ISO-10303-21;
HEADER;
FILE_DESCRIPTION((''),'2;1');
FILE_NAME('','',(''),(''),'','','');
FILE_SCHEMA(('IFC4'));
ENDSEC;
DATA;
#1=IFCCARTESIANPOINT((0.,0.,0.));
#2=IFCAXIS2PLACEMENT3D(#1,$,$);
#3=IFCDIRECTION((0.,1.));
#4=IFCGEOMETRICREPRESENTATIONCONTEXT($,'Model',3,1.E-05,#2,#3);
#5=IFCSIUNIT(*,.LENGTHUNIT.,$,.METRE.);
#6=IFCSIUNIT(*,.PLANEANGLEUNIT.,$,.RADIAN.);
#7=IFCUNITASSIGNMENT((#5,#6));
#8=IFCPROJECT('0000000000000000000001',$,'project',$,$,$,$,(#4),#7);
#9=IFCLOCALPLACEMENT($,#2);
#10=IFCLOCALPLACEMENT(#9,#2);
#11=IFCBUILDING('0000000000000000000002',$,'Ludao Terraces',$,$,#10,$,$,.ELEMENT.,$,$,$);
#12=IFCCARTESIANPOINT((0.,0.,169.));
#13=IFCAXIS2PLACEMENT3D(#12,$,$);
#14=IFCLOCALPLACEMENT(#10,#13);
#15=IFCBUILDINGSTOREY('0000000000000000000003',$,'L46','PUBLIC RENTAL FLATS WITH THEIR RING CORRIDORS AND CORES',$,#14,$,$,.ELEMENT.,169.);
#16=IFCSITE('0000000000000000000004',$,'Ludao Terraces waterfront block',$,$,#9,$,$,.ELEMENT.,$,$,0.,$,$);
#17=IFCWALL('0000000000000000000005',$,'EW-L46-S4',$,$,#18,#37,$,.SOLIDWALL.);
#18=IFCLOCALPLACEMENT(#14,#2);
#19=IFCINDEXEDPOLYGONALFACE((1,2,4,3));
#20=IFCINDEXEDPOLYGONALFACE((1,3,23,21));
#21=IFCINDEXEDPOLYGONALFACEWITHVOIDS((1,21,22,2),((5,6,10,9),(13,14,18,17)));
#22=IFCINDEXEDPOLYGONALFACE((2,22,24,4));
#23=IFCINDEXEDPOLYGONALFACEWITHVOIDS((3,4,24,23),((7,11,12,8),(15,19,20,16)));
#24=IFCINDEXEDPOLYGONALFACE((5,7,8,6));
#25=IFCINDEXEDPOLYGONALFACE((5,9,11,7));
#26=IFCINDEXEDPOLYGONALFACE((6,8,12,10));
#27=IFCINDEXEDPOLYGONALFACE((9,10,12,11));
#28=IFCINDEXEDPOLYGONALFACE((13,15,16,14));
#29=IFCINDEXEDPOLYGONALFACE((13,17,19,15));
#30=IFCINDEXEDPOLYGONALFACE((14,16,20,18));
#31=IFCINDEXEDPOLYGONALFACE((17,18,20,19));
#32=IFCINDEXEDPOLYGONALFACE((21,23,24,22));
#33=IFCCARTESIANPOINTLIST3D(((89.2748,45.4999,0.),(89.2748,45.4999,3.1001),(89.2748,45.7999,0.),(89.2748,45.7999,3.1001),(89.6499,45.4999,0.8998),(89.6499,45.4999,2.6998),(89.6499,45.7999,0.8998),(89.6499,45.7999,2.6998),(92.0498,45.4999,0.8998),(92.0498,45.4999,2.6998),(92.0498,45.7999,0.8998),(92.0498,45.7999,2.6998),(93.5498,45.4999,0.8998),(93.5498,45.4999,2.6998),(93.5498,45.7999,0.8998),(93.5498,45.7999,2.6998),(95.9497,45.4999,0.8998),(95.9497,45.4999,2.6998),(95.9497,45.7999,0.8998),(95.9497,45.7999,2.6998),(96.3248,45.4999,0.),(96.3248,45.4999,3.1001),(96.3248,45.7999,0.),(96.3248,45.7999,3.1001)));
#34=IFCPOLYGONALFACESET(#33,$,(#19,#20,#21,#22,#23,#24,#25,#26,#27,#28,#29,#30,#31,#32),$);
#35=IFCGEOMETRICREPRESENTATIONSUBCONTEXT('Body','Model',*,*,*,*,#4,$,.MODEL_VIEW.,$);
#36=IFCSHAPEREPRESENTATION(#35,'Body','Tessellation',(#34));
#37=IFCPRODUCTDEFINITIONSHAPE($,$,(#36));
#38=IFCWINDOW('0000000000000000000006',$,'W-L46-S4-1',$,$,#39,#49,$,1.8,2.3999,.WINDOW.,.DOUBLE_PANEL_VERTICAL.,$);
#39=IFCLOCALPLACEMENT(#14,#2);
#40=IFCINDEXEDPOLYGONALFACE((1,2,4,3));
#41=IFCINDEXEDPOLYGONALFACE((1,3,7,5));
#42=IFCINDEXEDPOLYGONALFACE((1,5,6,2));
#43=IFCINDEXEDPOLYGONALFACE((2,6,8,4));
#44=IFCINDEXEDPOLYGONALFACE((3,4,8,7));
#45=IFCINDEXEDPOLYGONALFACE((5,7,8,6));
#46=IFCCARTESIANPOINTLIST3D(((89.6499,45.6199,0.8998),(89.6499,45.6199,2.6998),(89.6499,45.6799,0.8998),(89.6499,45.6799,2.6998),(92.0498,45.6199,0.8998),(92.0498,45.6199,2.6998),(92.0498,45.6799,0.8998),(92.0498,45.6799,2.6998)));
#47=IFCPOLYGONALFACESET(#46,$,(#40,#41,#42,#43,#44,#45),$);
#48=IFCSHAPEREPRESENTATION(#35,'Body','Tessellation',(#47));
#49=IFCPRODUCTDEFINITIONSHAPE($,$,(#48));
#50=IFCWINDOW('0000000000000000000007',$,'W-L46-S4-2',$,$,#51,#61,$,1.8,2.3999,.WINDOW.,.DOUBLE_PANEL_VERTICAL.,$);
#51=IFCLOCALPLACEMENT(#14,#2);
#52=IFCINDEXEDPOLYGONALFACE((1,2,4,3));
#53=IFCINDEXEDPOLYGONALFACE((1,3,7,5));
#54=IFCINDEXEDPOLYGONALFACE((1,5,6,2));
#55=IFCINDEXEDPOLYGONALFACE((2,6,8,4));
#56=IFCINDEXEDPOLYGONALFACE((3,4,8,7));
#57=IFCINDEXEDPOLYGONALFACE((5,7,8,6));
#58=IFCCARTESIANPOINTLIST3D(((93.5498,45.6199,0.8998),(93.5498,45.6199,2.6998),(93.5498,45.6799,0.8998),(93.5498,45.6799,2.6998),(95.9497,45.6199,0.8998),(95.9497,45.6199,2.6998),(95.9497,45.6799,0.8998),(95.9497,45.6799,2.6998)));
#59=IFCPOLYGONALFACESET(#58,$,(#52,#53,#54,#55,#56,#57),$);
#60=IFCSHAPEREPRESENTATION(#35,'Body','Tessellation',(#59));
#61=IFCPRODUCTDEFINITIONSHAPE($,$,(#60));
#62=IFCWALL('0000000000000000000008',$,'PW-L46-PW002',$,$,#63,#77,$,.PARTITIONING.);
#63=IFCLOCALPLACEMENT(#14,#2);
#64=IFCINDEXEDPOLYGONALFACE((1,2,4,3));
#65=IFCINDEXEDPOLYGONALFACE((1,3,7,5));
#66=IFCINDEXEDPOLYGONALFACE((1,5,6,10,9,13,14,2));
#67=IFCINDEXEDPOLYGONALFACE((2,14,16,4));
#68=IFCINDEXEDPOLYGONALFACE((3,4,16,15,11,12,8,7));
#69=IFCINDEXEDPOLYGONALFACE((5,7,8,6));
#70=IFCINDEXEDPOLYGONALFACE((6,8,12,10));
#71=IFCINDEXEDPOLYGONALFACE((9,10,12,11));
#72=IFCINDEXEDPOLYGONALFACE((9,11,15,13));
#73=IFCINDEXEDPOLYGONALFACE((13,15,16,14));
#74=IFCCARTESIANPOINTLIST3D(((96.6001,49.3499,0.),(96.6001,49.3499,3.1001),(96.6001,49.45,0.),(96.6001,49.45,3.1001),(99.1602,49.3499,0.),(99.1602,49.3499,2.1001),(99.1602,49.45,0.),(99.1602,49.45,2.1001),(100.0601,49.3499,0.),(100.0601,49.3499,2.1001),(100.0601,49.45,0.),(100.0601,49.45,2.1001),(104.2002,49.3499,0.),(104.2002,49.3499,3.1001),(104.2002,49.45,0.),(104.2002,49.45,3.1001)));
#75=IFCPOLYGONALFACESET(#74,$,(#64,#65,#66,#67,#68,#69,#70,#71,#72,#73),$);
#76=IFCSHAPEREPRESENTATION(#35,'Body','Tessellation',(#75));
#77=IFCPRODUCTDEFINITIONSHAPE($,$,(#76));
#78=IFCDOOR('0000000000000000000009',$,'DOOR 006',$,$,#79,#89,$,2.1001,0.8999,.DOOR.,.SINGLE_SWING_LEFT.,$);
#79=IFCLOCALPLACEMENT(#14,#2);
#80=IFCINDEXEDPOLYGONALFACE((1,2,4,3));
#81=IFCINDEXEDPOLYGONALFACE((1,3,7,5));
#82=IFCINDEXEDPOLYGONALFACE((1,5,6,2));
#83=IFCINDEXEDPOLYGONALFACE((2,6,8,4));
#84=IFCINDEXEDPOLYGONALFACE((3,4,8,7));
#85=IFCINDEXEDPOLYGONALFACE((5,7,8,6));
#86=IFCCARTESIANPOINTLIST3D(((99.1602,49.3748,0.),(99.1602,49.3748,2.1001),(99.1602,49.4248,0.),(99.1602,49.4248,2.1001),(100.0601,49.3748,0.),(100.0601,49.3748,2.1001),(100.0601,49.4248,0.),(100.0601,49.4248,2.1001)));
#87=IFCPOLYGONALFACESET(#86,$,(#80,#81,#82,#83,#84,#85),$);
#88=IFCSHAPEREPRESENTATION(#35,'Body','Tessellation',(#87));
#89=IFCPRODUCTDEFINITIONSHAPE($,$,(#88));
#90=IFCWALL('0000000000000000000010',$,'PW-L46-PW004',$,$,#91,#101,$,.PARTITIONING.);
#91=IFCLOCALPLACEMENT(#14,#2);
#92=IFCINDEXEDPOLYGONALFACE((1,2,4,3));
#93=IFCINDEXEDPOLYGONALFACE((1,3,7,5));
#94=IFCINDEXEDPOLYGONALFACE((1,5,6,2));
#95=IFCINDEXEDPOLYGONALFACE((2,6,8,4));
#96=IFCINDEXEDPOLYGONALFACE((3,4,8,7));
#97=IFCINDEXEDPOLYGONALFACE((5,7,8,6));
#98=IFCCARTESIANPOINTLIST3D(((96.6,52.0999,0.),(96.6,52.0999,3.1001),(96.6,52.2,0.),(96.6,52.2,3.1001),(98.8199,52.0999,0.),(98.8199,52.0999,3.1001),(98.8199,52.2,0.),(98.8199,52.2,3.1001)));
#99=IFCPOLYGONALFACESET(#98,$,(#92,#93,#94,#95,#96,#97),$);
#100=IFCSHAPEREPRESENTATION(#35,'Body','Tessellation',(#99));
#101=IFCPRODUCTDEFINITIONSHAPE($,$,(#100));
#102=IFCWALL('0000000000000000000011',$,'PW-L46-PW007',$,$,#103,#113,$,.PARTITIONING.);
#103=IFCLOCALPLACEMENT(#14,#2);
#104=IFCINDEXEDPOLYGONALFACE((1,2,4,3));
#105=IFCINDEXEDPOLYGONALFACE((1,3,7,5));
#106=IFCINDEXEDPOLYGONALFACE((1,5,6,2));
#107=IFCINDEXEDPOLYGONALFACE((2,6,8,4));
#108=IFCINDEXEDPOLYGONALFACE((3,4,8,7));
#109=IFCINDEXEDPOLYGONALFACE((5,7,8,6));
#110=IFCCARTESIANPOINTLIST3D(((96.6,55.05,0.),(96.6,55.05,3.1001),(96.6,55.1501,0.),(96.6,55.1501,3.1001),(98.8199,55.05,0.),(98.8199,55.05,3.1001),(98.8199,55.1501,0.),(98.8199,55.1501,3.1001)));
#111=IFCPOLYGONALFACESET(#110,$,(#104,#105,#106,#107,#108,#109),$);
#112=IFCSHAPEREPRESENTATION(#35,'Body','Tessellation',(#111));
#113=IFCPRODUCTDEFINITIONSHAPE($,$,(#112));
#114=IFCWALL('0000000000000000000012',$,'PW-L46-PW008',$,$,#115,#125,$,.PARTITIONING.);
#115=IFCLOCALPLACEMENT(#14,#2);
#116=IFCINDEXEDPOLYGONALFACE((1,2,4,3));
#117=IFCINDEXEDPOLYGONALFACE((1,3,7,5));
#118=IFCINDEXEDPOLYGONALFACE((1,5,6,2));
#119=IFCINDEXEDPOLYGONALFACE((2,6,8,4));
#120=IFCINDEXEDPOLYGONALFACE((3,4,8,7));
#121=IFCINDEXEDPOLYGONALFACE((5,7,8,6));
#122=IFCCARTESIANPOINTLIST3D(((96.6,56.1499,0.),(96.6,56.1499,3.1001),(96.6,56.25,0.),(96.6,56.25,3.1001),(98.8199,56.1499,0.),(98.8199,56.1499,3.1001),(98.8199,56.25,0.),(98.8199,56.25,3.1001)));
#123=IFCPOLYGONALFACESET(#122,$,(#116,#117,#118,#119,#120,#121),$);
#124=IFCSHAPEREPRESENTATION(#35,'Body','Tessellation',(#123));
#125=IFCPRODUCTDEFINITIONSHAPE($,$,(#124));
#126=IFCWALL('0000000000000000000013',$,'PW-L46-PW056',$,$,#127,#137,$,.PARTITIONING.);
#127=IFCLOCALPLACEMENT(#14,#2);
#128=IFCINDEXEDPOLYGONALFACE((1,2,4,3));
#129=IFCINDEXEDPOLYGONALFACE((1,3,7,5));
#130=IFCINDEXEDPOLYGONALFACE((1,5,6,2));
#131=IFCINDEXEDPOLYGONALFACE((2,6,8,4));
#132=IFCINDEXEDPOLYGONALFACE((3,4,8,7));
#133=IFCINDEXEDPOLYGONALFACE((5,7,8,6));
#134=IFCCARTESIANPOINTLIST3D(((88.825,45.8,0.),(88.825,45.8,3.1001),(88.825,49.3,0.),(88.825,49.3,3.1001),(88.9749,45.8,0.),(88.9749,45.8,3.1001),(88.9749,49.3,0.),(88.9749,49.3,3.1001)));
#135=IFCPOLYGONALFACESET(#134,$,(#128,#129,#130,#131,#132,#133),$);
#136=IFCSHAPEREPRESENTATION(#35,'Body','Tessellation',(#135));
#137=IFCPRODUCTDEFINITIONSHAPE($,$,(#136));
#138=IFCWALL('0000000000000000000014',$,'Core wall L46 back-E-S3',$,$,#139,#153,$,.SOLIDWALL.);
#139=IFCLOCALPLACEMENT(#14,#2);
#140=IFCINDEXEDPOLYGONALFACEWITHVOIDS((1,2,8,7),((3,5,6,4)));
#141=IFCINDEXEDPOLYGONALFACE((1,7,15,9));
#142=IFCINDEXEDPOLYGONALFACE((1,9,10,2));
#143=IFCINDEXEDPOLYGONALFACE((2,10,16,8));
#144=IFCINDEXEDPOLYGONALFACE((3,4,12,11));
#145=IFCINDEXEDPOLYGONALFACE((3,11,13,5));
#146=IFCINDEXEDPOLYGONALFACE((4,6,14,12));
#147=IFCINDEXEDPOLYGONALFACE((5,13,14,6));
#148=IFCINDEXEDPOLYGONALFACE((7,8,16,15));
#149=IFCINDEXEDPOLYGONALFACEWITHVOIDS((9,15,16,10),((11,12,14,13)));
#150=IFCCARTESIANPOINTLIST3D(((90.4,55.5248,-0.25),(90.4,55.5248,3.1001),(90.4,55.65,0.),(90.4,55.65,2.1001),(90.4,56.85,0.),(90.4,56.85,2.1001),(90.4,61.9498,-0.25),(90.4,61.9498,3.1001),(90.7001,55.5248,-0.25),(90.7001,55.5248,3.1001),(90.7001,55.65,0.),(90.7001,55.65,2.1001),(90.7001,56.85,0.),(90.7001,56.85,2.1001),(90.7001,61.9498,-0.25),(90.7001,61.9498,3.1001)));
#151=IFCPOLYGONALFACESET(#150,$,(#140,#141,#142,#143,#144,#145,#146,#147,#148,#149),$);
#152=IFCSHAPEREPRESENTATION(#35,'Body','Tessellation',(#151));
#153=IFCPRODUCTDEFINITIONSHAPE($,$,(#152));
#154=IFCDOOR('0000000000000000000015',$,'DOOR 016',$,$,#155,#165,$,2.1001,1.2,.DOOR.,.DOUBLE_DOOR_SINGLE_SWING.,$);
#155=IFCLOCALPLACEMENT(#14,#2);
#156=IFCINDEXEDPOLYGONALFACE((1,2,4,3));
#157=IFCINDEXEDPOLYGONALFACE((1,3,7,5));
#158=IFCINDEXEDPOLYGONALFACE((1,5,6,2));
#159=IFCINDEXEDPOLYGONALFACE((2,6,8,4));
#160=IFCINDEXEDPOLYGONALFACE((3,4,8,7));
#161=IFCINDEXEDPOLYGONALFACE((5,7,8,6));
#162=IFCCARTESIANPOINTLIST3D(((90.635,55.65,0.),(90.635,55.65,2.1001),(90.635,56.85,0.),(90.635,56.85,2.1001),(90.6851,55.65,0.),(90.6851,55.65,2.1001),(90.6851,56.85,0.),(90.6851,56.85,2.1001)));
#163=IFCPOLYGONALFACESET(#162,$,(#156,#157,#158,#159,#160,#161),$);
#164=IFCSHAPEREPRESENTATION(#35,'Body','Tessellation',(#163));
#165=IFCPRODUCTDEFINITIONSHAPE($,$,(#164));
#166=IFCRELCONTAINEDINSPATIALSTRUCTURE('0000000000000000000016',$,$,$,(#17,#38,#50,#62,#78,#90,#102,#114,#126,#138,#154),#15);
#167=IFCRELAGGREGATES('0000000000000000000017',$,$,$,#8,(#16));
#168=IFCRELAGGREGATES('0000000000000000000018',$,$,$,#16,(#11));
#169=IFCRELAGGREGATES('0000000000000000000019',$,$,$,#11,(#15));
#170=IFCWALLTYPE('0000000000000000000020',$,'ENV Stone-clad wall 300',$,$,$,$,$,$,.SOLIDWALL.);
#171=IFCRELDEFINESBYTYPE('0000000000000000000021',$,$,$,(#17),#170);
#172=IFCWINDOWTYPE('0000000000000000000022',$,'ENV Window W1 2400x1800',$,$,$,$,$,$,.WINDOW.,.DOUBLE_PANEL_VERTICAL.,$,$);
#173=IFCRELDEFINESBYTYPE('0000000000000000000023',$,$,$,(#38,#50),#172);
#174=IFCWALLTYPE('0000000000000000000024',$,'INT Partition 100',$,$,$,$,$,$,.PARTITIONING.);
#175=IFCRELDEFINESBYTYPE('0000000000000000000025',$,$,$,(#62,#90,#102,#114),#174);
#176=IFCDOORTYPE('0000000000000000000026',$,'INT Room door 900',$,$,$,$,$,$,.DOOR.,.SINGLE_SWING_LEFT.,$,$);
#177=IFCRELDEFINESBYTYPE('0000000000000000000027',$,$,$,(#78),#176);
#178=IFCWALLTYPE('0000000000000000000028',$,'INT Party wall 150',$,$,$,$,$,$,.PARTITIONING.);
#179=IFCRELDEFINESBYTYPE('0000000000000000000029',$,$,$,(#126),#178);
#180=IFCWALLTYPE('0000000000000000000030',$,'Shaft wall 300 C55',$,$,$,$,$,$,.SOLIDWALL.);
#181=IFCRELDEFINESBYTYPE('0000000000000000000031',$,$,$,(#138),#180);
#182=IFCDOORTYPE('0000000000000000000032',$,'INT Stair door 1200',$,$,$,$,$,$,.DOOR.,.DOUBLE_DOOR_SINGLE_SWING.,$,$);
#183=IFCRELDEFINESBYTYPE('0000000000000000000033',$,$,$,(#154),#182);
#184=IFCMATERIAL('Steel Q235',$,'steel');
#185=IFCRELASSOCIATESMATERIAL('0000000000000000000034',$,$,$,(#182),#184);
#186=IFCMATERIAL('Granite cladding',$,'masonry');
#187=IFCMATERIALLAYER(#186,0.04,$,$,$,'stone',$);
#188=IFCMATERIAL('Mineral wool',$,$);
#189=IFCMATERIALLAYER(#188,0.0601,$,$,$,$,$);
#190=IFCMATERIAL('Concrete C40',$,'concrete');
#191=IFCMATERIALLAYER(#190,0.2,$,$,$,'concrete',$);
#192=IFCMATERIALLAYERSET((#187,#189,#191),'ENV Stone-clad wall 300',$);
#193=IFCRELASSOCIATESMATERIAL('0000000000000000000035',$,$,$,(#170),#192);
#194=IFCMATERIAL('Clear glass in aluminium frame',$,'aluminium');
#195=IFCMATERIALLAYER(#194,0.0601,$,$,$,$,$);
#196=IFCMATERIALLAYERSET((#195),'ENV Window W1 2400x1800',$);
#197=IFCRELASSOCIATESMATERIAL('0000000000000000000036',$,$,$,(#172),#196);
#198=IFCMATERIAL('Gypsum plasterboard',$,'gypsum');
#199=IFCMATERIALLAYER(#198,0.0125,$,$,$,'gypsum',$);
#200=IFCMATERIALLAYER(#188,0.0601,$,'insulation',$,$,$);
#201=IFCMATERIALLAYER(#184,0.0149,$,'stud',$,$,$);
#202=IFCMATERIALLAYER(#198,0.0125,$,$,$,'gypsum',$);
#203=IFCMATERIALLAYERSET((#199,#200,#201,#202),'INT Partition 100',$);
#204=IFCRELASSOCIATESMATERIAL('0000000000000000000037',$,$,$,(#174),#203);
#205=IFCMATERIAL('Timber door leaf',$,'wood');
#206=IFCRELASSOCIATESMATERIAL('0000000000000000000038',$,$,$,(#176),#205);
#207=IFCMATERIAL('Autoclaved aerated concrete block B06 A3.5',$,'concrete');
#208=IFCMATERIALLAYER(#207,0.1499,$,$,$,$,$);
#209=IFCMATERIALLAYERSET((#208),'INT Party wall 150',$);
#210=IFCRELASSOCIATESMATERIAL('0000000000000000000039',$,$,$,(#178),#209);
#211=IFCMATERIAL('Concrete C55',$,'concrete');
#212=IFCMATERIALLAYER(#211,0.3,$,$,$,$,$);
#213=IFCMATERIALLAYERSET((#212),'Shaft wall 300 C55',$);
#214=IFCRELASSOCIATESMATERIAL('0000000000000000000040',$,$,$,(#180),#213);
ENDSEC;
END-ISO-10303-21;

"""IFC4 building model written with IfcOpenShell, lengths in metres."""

from ifc_helpers import new_model, si_unit, direction, frame, frame_2d, origin, place, context, subcontext, project, spatial, rectangle, extrude, material, layer, layer_set, type_object, element, fill, save


model = new_model("IFC4")

# Units and contexts
model_context = context("Model", 3, precision=1e-05, world=origin(), true_north=direction((0.0, 1.0)))
body_context = subcontext(model_context, "Body", "Model", "MODEL_VIEW")
ifc_project = project(units=[si_unit("LENGTHUNIT", "METRE"), si_unit("PLANEANGLEUNIT", "RADIAN")], contexts=[model_context])

# Site, building, storey
site_placement = place(None, origin())
site = spatial("IfcSite", under=ifc_project, at=site_placement, Name="Ludao Terraces waterfront block", CompositionType="ELEMENT", RefElevation=0.0)
building_placement = place(site_placement, origin())
building = spatial("IfcBuilding", under=site, at=building_placement, Name="Ludao Terraces", CompositionType="ELEMENT")
storey_placement = place(building_placement, frame((0.0, 0.0, 169.0)))
storey = spatial("IfcBuildingStorey", under=building, at=storey_placement, Name="L46", Description="PUBLIC RENTAL FLATS WITH THEIR RING CORRIDORS AND CORES", CompositionType="ELEMENT", Elevation=169.0)

# Shared definitions
ifc_material_1 = material(Name="Concrete C40", Category="concrete")

# Shared definitions
ifc_material_2 = material(Name="Steel Q235", Category="steel")
door_type_1 = type_object("IfcDoorType", Name="INT Stair door 1200", OperationType="DOUBLE_DOOR_SINGLE_SWING", PredefinedType="DOOR", material=ifc_material_2)

# Wall, openings, windows
ifc_material_3 = material(Name="Granite cladding", Category="masonry")
ifc_layer_1 = layer(ifc_material_3, 0.04, Category="stone")
ifc_material_4 = material(Name="Mineral wool")
ifc_layer_2 = layer(ifc_material_4, 0.0601)
ifc_layer_3 = layer(ifc_material_1, 0.2, Category="concrete")
ifc_layer_set_1 = layer_set([ifc_layer_1, ifc_layer_2, ifc_layer_3], Name="ENV Stone-clad wall 300")
wall_type_1 = type_object("IfcWallType", Name="ENV Stone-clad wall 300", PredefinedType="SOLIDWALL", material=ifc_layer_set_1)
wall_1_placement = place(storey_placement, frame((89.2749, 45.6499, 0.0), z_axis=(0.0, 0.0, 1.0), x_axis=(1.0, 0.0, 0.0)))
wall_1 = element("IfcWall", 1, at=wall_1_placement, inside=storey, type_object=wall_type_1, Name="EW-L46-S4", PredefinedType="SOLIDWALL", context=body_context, shape_type="SweptSolid", body=[
    extrude(rectangle(XDim=7.05, YDim=0.3, at=frame_2d((3.5249, 0.0))), origin(), (0.0, 0.0, 1.0), 3.1001),
])
opening_1_placement = place(wall_1_placement, frame((0.375, 0.0, 0.8999)))
opening_1 = element("IfcOpeningElement", 2, at=opening_1_placement, cuts=wall_1, PredefinedType="OPENING", context=body_context, shape_type="SweptSolid", body=[
    extrude(rectangle(XDim=2.3999, YDim=1.8, at=frame_2d((1.2, 0.8999))), frame((0.0, 0.1602, 0.0), z_axis=(0.0, -1.0, 0.0), x_axis=(1.0, 0.0, 0.0)), (0.0, 0.0, 1.0), 0.3201),
])
opening_2_placement = place(wall_1_placement, frame((4.2749, 0.0, 0.8999)))
opening_2 = element("IfcOpeningElement", 3, at=opening_2_placement, cuts=wall_1, PredefinedType="OPENING", context=body_context, shape_type="SweptSolid", body=[
    extrude(rectangle(XDim=2.3999, YDim=1.8, at=frame_2d((1.2, 0.8999))), frame((0.0, 0.1602, 0.0), z_axis=(0.0, -1.0, 0.0), x_axis=(1.0, 0.0, 0.0)), (0.0, 0.0, 1.0), 0.3201),
])
ifc_material_5 = material(Name="Clear glass in aluminium frame", Category="aluminium")
ifc_layer_4 = layer(ifc_material_5, 0.0601)
ifc_layer_set_2 = layer_set([ifc_layer_4], Name="ENV Window W1 2400x1800")
window_type = type_object("IfcWindowType", Name="ENV Window W1 2400x1800", PartitioningType="DOUBLE_PANEL_VERTICAL", PredefinedType="WINDOW", material=ifc_layer_set_2)
window_1_placement = place(opening_1_placement, origin())
window_1 = element("IfcWindow", 4, at=window_1_placement, inside=storey, type_object=window_type, Name="W-L46-S4-1", OverallHeight=1.8, OverallWidth=2.3999, PartitioningType="DOUBLE_PANEL_VERTICAL", PredefinedType="WINDOW", context=body_context, shape_type="SweptSolid", body=[
    extrude(rectangle(XDim=2.3999, YDim=1.8, at=frame_2d((1.2, 0.8999))), frame((0.0, 0.03, 0.0), z_axis=(0.0, -1.0, 0.0), x_axis=(1.0, 0.0, 0.0)), (0.0, 0.0, 1.0), 0.0601),
])
fill(opening_1, window_1)
window_2_placement = place(opening_2_placement, origin())
window_2 = element("IfcWindow", 5, at=window_2_placement, inside=storey, type_object=window_type, Name="W-L46-S4-2", OverallHeight=1.8, OverallWidth=2.3999, PartitioningType="DOUBLE_PANEL_VERTICAL", PredefinedType="WINDOW", context=body_context, shape_type="SweptSolid", body=[
    extrude(rectangle(XDim=2.3999, YDim=1.8, at=frame_2d((1.2, 0.8999))), frame((0.0, 0.03, 0.0), z_axis=(0.0, -1.0, 0.0), x_axis=(1.0, 0.0, 0.0)), (0.0, 0.0, 1.0), 0.0601),
])
fill(opening_2, window_2)

# Wall, opening, door
ifc_material_6 = material(Name="Gypsum plasterboard", Category="gypsum")
ifc_layer_5 = layer(ifc_material_6, 0.0125, Category="gypsum")
ifc_layer_6 = layer(ifc_material_4, 0.0601, Name="insulation")
ifc_layer_7 = layer(ifc_material_2, 0.0149, Name="stud")
ifc_layer_8 = layer(ifc_material_6, 0.0125, Category="gypsum")
ifc_layer_set_3 = layer_set([ifc_layer_5, ifc_layer_6, ifc_layer_7, ifc_layer_8], Name="INT Partition 100")
wall_type_2 = type_object("IfcWallType", Name="INT Partition 100", PredefinedType="PARTITIONING", material=ifc_layer_set_3)
wall_2_placement = place(storey_placement, frame((96.6001, 49.3999, 0.0), z_axis=(0.0, 0.0, 1.0), x_axis=(1.0, 0.0, 0.0)))
wall_2 = element("IfcWall", 6, at=wall_2_placement, inside=storey, type_object=wall_type_2, Name="PW-L46-PW002", PredefinedType="PARTITIONING", context=body_context, shape_type="SweptSolid", body=[
    extrude(rectangle(XDim=7.6001, YDim=0.1001, at=frame_2d((3.8, 0.0))), origin(), (0.0, 0.0, 1.0), 3.1001),
])
opening_3_placement = place(wall_2_placement, frame((2.5601, 0.0, 0.0)))
opening_3 = element("IfcOpeningElement", 7, at=opening_3_placement, cuts=wall_2, PredefinedType="OPENING", context=body_context, shape_type="SweptSolid", body=[
    extrude(rectangle(XDim=0.8999, YDim=2.1001, at=frame_2d((0.45, 1.05))), frame((0.0, 0.0601, 0.0), z_axis=(0.0, -1.0, 0.0), x_axis=(1.0, 0.0, 0.0)), (0.0, 0.0, 1.0), 0.1201),
])
ifc_material_7 = material(Name="Timber door leaf", Category="wood")
door_type_2 = type_object("IfcDoorType", Name="INT Room door 900", OperationType="SINGLE_SWING_LEFT", PredefinedType="DOOR", material=ifc_material_7)
door_1_placement = place(opening_3_placement, origin())
door_1 = element("IfcDoor", 8, at=door_1_placement, inside=storey, type_object=door_type_2, Name="DOOR 006", OperationType="SINGLE_SWING_LEFT", OverallHeight=2.1001, OverallWidth=0.8999, PredefinedType="DOOR", context=body_context, shape_type="SweptSolid", body=[
    extrude(rectangle(XDim=0.8999, YDim=2.1001, at=frame_2d((0.45, 1.05))), frame((0.0, 0.0249, 0.0), z_axis=(0.0, -1.0, 0.0), x_axis=(1.0, 0.0, 0.0)), (0.0, 0.0, 1.0), 0.05),
])
fill(opening_3, door_1)

# Walls
for number, where, z_axis, x_axis, name in (
    (9, (96.6001, 52.1499, 0.0), (0.0, 0.0, 1.0), (1.0, 0.0, 0.0), "PW-L46-PW004"),
    (10, (96.6001, 55.1001, 0.0), (0.0, 0.0, 1.0), (1.0, 0.0, 0.0), "PW-L46-PW007"),
    (11, (96.6001, 56.2, 0.0), (0.0, 0.0, 1.0), (1.0, 0.0, 0.0), "PW-L46-PW008"),
):
    element("IfcWall", number, at=place(storey_placement, frame(where, z_axis=z_axis, x_axis=x_axis)), inside=storey, type_object=wall_type_2, Name=name, PredefinedType="PARTITIONING", context=body_context, shape_type="SweptSolid", body=[
        extrude(rectangle(XDim=2.22, YDim=0.1001, at=frame_2d((1.1099, 0.0))), origin(), (0.0, 0.0, 1.0), 3.1001),
    ])
ifc_material_8 = material(Name="Autoclaved aerated concrete block B06 A3.5", Category="concrete")
ifc_layer_9 = layer(ifc_material_8, 0.1499)
ifc_layer_set_4 = layer_set([ifc_layer_9], Name="INT Party wall 150")
wall_type_3 = type_object("IfcWallType", Name="INT Party wall 150", PredefinedType="PARTITIONING", material=ifc_layer_set_4)
wall_3_placement = place(storey_placement, frame((88.8999, 45.8, 0.0), z_axis=(0.0, 0.0, 1.0), x_axis=(0.0, 1.0, 0.0)))
element("IfcWall", 12, at=wall_3_placement, inside=storey, type_object=wall_type_3, Name="PW-L46-PW056", PredefinedType="PARTITIONING", context=body_context, shape_type="SweptSolid", body=[
    extrude(rectangle(XDim=3.5, YDim=0.1499, at=frame_2d((1.75, 0.0))), origin(), (0.0, 0.0, 1.0), 3.1001),
])

# Wall, opening, door
ifc_material_9 = material(Name="Concrete C55", Category="concrete")
ifc_layer_10 = layer(ifc_material_9, 0.3)
ifc_layer_set_5 = layer_set([ifc_layer_10], Name="Shaft wall 300 C55")
wall_type_4 = type_object("IfcWallType", Name="Shaft wall 300 C55", PredefinedType="SOLIDWALL", material=ifc_layer_set_5)
wall_4_placement = place(storey_placement, frame((90.55, 55.5249, -0.25), z_axis=(0.0, 0.0, 1.0), x_axis=(0.0, 1.0, 0.0)))
wall_4 = element("IfcWall", 13, at=wall_4_placement, inside=storey, type_object=wall_type_4, Name="Core wall L46 back-E-S3", PredefinedType="SOLIDWALL", context=body_context, shape_type="SweptSolid", body=[
    extrude(rectangle(XDim=6.425, YDim=0.3, at=frame_2d((3.2124, 0.0))), origin(), (0.0, 0.0, 1.0), 3.3501),
])
opening_4_placement = place(wall_4_placement, frame((0.125, 0.0, 0.25)))
opening_4 = element("IfcOpeningElement", 14, at=opening_4_placement, cuts=wall_4, PredefinedType="OPENING", context=body_context, shape_type="SweptSolid", body=[
    extrude(rectangle(XDim=1.2, YDim=2.1001, at=frame_2d((0.6001, 1.05))), frame((0.0, 0.1602, 0.0), z_axis=(0.0, -1.0, 0.0), x_axis=(1.0, 0.0, 0.0)), (0.0, 0.0, 1.0), 0.3201),
])
door_2_placement = place(opening_4_placement, origin())
door_2 = element("IfcDoor", 15, at=door_2_placement, inside=storey, type_object=door_type_1, Name="DOOR 016", OperationType="DOUBLE_DOOR_SINGLE_SWING", OverallHeight=2.1001, OverallWidth=1.2, PredefinedType="DOOR", context=body_context, shape_type="SweptSolid", body=[
    extrude(rectangle(XDim=1.2, YDim=2.1001, at=frame_2d((0.6001, 1.05))), frame((0.0, -0.085, 0.0), z_axis=(0.0, -1.0, 0.0), x_axis=(1.0, 0.0, 0.0)), (0.0, 0.0, 1.0), 0.05),
])
fill(opening_4, door_2)

save(model, "model.ifc")
